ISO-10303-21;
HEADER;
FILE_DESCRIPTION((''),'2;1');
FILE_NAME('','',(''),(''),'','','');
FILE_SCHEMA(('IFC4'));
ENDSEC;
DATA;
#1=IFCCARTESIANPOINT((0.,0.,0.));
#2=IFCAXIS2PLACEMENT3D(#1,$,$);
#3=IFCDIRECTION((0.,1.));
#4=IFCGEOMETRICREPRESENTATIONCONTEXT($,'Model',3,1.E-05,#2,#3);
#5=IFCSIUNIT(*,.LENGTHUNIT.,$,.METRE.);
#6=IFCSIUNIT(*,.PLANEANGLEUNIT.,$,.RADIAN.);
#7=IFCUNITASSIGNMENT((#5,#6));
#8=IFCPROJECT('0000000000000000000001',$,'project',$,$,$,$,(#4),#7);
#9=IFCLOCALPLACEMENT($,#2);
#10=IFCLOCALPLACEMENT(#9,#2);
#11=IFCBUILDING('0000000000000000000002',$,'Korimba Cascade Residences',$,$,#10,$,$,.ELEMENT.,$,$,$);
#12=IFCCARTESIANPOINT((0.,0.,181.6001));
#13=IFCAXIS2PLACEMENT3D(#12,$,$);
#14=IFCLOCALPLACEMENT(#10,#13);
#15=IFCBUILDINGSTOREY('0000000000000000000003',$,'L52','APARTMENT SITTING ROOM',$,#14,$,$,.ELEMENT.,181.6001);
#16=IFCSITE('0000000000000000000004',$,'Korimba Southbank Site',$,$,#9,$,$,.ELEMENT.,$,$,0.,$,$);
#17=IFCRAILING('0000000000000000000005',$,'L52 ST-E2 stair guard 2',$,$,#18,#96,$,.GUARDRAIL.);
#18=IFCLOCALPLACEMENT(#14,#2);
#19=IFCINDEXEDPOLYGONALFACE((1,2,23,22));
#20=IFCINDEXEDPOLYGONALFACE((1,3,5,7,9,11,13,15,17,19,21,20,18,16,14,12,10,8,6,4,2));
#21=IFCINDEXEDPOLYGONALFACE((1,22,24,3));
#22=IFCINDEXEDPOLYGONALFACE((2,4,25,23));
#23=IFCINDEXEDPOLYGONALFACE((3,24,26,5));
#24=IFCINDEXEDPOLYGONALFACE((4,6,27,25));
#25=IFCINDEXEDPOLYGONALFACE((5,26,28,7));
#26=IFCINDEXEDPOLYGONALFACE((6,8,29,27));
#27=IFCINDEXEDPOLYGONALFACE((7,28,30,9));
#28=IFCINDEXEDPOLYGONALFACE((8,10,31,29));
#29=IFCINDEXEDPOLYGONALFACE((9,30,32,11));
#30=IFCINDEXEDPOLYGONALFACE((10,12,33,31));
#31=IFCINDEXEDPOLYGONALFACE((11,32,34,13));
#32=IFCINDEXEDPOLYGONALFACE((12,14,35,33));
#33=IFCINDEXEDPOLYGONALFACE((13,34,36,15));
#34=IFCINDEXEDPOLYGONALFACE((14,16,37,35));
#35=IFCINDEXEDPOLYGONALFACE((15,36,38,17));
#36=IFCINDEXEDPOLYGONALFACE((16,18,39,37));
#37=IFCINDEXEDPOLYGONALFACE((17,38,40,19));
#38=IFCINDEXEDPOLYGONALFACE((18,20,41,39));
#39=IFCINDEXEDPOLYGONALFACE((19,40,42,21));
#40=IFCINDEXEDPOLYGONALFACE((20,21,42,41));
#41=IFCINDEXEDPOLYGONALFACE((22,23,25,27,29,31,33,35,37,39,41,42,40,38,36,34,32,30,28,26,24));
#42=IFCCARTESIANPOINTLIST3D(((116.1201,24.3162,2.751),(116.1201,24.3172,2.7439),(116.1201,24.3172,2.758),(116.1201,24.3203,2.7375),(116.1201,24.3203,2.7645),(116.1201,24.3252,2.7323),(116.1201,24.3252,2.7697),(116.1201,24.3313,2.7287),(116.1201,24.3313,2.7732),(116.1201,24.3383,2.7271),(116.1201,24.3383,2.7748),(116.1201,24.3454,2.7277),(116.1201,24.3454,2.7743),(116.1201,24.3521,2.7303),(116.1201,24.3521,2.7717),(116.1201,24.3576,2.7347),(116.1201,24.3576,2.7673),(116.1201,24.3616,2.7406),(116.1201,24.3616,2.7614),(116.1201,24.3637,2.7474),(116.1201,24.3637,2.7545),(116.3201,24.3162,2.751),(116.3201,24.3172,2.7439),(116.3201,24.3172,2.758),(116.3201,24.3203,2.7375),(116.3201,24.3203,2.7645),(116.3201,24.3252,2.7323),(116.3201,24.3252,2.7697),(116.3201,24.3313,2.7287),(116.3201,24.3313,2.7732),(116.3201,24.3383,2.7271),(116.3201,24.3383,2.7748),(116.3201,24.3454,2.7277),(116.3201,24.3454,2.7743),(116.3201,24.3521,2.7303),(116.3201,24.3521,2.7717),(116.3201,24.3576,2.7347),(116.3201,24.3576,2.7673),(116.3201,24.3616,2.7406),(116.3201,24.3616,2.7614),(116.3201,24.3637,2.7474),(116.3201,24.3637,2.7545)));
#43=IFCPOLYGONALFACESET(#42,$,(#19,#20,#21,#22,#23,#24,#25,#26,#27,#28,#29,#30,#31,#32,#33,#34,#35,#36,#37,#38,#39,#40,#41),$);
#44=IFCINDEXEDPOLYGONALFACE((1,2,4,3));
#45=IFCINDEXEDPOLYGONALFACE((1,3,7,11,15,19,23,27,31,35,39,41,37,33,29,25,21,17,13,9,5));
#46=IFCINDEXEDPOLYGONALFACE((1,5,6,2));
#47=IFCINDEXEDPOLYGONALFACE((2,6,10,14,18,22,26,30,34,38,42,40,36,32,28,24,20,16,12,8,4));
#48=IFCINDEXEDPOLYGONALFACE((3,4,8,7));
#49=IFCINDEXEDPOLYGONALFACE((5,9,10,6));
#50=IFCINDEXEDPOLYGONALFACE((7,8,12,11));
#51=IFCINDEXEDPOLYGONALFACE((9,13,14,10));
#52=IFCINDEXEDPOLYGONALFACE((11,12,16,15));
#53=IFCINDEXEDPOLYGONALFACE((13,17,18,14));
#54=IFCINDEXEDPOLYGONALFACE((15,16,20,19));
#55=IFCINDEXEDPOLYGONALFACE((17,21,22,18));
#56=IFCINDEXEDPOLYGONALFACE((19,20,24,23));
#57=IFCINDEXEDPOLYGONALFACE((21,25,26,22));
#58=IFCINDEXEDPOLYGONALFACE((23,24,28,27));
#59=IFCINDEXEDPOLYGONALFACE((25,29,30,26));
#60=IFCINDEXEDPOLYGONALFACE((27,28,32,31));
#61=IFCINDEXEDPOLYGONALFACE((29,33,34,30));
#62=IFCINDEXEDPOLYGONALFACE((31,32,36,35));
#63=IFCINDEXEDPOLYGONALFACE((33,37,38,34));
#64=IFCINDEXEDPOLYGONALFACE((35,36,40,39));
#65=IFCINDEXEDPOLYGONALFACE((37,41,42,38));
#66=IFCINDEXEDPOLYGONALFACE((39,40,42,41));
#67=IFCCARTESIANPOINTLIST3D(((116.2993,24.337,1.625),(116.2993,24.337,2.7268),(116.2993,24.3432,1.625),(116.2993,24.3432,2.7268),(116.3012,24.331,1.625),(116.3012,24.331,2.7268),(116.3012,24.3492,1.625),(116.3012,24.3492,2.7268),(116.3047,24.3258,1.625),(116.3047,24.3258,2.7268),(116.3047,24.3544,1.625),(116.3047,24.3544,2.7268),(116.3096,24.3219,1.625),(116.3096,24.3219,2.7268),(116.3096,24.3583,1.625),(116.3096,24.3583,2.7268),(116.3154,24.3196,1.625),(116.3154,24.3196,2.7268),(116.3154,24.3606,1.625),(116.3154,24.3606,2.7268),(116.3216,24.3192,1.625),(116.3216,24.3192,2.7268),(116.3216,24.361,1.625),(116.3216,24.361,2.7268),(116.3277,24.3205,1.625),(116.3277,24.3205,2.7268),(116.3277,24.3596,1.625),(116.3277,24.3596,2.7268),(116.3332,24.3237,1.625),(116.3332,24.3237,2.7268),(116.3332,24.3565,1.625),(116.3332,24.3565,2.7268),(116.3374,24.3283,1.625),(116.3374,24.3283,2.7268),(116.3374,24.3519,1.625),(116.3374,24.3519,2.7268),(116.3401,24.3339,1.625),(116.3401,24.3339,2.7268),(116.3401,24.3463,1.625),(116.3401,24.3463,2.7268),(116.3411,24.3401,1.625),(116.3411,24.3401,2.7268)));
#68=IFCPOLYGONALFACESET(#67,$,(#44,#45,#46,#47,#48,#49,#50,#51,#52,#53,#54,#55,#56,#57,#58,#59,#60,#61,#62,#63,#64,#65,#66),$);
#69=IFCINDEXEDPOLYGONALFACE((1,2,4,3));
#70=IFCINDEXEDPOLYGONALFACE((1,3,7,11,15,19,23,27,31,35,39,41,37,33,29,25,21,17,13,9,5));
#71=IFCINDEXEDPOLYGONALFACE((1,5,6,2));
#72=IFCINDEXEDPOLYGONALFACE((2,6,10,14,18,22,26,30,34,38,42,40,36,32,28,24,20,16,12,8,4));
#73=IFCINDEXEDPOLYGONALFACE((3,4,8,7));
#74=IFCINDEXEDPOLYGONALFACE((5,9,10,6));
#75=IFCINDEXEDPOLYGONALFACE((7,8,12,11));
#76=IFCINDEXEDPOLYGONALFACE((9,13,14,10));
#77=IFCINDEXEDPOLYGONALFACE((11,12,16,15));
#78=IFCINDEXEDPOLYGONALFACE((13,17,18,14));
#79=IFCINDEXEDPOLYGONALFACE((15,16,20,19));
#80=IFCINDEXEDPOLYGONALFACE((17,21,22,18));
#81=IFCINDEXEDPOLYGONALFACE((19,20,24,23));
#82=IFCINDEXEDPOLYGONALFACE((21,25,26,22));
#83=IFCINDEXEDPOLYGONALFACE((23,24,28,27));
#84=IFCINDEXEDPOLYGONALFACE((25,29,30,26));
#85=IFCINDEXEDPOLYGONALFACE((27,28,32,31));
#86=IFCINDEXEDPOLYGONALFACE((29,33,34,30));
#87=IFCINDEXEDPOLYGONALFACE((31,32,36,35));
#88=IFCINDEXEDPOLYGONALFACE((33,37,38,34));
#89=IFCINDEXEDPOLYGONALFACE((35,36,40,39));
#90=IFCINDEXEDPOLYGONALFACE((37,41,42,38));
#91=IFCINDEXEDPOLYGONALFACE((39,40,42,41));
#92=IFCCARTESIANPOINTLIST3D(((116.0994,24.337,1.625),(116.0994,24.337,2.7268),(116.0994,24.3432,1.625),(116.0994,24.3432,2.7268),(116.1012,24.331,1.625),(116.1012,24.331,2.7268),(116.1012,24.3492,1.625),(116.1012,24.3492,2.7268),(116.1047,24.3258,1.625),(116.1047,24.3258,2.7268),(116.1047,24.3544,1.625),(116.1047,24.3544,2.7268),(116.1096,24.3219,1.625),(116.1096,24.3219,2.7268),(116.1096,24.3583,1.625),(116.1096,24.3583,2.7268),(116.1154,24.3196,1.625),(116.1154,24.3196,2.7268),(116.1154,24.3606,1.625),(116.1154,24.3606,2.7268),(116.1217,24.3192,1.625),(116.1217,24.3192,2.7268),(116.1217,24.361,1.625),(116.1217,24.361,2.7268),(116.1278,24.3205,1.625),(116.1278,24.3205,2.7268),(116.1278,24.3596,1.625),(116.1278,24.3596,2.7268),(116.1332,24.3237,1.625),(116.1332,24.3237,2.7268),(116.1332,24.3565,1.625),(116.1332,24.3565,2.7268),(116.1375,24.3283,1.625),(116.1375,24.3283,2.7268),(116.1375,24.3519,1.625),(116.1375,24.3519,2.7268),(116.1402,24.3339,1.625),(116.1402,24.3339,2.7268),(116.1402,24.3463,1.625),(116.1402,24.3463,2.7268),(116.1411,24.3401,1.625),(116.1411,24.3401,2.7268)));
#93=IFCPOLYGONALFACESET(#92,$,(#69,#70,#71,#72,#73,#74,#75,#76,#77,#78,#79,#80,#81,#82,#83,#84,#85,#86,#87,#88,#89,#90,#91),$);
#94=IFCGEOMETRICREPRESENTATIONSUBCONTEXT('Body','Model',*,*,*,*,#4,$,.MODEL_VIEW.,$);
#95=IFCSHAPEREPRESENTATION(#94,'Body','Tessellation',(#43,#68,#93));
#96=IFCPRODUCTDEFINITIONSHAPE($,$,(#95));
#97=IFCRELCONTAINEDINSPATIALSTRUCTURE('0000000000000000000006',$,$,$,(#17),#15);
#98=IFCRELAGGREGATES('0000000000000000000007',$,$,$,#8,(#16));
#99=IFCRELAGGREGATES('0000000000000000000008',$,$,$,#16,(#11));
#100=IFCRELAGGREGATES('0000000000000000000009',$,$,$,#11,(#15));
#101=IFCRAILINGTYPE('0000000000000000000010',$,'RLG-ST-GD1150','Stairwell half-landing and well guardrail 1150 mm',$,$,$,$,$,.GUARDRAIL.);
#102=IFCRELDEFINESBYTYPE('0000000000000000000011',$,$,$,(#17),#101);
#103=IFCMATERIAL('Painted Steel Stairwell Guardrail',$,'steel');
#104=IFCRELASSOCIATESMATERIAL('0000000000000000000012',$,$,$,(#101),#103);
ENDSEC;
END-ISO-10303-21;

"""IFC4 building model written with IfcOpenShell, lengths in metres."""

from ifc_helpers import new_model, si_unit, direction, frame, origin, origin_2d, place, context, subcontext, project, spatial, circle, extrude, material, type_object, element, save


model = new_model("IFC4")

# Units and contexts
model_context = context("Model", 3, precision=1e-05, world=origin(), true_north=direction((0.0, 1.0)))
body_context = subcontext(model_context, "Body", "Model", "MODEL_VIEW")
ifc_project = project(units=[si_unit("LENGTHUNIT", "METRE"), si_unit("PLANEANGLEUNIT", "RADIAN")], contexts=[model_context])

# Site, building, storey
site_placement = place(None, origin())
site = spatial("IfcSite", under=ifc_project, at=site_placement, Name="Korimba Southbank Site", CompositionType="ELEMENT", RefElevation=0.0)
building_placement = place(site_placement, origin())
building = spatial("IfcBuilding", under=site, at=building_placement, Name="Korimba Cascade Residences", CompositionType="ELEMENT")
storey_placement = place(building_placement, frame((0.0, 0.0, 181.6001)))
storey = spatial("IfcBuildingStorey", under=building, at=storey_placement, Name="L52", Description="APARTMENT SITTING ROOM", CompositionType="ELEMENT", Elevation=181.6001)

# Railing
ifc_material_1 = material(Name="Painted Steel Stairwell Guardrail", Category="steel")
railing_type_1 = type_object("IfcRailingType", Name="RLG-ST-GD1150", Description="Stairwell half-landing and well guardrail 1150 mm", PredefinedType="GUARDRAIL", material=ifc_material_1)
railing_1_placement = place(storey_placement, frame((116.3201, 24.3401, 1.625)))
element("IfcRailing", 1, at=railing_1_placement, inside=storey, type_object=railing_type_1, Name="L52 ST-E2 stair guard 2", PredefinedType="GUARDRAIL", context=body_context, shape_type="SweptSolid", body=[
    extrude(circle(Radius=0.0239, at=origin_2d()), frame((0.0, 0.0, 1.126), z_axis=(-1.0, 0.0, 0.0), x_axis=(0.0, -1.0, 0.0)), (0.0, 0.0, 1.0), 0.2),
    extrude(circle(Radius=0.021, at=origin_2d()), origin(), (0.0, 0.0, 1.0), 1.1018),
    extrude(circle(Radius=0.021, at=origin_2d()), frame((-0.2, 0.0, 0.0)), (0.0, 0.0, 1.0), 1.1018),
])

save(model, "model.ifc")
